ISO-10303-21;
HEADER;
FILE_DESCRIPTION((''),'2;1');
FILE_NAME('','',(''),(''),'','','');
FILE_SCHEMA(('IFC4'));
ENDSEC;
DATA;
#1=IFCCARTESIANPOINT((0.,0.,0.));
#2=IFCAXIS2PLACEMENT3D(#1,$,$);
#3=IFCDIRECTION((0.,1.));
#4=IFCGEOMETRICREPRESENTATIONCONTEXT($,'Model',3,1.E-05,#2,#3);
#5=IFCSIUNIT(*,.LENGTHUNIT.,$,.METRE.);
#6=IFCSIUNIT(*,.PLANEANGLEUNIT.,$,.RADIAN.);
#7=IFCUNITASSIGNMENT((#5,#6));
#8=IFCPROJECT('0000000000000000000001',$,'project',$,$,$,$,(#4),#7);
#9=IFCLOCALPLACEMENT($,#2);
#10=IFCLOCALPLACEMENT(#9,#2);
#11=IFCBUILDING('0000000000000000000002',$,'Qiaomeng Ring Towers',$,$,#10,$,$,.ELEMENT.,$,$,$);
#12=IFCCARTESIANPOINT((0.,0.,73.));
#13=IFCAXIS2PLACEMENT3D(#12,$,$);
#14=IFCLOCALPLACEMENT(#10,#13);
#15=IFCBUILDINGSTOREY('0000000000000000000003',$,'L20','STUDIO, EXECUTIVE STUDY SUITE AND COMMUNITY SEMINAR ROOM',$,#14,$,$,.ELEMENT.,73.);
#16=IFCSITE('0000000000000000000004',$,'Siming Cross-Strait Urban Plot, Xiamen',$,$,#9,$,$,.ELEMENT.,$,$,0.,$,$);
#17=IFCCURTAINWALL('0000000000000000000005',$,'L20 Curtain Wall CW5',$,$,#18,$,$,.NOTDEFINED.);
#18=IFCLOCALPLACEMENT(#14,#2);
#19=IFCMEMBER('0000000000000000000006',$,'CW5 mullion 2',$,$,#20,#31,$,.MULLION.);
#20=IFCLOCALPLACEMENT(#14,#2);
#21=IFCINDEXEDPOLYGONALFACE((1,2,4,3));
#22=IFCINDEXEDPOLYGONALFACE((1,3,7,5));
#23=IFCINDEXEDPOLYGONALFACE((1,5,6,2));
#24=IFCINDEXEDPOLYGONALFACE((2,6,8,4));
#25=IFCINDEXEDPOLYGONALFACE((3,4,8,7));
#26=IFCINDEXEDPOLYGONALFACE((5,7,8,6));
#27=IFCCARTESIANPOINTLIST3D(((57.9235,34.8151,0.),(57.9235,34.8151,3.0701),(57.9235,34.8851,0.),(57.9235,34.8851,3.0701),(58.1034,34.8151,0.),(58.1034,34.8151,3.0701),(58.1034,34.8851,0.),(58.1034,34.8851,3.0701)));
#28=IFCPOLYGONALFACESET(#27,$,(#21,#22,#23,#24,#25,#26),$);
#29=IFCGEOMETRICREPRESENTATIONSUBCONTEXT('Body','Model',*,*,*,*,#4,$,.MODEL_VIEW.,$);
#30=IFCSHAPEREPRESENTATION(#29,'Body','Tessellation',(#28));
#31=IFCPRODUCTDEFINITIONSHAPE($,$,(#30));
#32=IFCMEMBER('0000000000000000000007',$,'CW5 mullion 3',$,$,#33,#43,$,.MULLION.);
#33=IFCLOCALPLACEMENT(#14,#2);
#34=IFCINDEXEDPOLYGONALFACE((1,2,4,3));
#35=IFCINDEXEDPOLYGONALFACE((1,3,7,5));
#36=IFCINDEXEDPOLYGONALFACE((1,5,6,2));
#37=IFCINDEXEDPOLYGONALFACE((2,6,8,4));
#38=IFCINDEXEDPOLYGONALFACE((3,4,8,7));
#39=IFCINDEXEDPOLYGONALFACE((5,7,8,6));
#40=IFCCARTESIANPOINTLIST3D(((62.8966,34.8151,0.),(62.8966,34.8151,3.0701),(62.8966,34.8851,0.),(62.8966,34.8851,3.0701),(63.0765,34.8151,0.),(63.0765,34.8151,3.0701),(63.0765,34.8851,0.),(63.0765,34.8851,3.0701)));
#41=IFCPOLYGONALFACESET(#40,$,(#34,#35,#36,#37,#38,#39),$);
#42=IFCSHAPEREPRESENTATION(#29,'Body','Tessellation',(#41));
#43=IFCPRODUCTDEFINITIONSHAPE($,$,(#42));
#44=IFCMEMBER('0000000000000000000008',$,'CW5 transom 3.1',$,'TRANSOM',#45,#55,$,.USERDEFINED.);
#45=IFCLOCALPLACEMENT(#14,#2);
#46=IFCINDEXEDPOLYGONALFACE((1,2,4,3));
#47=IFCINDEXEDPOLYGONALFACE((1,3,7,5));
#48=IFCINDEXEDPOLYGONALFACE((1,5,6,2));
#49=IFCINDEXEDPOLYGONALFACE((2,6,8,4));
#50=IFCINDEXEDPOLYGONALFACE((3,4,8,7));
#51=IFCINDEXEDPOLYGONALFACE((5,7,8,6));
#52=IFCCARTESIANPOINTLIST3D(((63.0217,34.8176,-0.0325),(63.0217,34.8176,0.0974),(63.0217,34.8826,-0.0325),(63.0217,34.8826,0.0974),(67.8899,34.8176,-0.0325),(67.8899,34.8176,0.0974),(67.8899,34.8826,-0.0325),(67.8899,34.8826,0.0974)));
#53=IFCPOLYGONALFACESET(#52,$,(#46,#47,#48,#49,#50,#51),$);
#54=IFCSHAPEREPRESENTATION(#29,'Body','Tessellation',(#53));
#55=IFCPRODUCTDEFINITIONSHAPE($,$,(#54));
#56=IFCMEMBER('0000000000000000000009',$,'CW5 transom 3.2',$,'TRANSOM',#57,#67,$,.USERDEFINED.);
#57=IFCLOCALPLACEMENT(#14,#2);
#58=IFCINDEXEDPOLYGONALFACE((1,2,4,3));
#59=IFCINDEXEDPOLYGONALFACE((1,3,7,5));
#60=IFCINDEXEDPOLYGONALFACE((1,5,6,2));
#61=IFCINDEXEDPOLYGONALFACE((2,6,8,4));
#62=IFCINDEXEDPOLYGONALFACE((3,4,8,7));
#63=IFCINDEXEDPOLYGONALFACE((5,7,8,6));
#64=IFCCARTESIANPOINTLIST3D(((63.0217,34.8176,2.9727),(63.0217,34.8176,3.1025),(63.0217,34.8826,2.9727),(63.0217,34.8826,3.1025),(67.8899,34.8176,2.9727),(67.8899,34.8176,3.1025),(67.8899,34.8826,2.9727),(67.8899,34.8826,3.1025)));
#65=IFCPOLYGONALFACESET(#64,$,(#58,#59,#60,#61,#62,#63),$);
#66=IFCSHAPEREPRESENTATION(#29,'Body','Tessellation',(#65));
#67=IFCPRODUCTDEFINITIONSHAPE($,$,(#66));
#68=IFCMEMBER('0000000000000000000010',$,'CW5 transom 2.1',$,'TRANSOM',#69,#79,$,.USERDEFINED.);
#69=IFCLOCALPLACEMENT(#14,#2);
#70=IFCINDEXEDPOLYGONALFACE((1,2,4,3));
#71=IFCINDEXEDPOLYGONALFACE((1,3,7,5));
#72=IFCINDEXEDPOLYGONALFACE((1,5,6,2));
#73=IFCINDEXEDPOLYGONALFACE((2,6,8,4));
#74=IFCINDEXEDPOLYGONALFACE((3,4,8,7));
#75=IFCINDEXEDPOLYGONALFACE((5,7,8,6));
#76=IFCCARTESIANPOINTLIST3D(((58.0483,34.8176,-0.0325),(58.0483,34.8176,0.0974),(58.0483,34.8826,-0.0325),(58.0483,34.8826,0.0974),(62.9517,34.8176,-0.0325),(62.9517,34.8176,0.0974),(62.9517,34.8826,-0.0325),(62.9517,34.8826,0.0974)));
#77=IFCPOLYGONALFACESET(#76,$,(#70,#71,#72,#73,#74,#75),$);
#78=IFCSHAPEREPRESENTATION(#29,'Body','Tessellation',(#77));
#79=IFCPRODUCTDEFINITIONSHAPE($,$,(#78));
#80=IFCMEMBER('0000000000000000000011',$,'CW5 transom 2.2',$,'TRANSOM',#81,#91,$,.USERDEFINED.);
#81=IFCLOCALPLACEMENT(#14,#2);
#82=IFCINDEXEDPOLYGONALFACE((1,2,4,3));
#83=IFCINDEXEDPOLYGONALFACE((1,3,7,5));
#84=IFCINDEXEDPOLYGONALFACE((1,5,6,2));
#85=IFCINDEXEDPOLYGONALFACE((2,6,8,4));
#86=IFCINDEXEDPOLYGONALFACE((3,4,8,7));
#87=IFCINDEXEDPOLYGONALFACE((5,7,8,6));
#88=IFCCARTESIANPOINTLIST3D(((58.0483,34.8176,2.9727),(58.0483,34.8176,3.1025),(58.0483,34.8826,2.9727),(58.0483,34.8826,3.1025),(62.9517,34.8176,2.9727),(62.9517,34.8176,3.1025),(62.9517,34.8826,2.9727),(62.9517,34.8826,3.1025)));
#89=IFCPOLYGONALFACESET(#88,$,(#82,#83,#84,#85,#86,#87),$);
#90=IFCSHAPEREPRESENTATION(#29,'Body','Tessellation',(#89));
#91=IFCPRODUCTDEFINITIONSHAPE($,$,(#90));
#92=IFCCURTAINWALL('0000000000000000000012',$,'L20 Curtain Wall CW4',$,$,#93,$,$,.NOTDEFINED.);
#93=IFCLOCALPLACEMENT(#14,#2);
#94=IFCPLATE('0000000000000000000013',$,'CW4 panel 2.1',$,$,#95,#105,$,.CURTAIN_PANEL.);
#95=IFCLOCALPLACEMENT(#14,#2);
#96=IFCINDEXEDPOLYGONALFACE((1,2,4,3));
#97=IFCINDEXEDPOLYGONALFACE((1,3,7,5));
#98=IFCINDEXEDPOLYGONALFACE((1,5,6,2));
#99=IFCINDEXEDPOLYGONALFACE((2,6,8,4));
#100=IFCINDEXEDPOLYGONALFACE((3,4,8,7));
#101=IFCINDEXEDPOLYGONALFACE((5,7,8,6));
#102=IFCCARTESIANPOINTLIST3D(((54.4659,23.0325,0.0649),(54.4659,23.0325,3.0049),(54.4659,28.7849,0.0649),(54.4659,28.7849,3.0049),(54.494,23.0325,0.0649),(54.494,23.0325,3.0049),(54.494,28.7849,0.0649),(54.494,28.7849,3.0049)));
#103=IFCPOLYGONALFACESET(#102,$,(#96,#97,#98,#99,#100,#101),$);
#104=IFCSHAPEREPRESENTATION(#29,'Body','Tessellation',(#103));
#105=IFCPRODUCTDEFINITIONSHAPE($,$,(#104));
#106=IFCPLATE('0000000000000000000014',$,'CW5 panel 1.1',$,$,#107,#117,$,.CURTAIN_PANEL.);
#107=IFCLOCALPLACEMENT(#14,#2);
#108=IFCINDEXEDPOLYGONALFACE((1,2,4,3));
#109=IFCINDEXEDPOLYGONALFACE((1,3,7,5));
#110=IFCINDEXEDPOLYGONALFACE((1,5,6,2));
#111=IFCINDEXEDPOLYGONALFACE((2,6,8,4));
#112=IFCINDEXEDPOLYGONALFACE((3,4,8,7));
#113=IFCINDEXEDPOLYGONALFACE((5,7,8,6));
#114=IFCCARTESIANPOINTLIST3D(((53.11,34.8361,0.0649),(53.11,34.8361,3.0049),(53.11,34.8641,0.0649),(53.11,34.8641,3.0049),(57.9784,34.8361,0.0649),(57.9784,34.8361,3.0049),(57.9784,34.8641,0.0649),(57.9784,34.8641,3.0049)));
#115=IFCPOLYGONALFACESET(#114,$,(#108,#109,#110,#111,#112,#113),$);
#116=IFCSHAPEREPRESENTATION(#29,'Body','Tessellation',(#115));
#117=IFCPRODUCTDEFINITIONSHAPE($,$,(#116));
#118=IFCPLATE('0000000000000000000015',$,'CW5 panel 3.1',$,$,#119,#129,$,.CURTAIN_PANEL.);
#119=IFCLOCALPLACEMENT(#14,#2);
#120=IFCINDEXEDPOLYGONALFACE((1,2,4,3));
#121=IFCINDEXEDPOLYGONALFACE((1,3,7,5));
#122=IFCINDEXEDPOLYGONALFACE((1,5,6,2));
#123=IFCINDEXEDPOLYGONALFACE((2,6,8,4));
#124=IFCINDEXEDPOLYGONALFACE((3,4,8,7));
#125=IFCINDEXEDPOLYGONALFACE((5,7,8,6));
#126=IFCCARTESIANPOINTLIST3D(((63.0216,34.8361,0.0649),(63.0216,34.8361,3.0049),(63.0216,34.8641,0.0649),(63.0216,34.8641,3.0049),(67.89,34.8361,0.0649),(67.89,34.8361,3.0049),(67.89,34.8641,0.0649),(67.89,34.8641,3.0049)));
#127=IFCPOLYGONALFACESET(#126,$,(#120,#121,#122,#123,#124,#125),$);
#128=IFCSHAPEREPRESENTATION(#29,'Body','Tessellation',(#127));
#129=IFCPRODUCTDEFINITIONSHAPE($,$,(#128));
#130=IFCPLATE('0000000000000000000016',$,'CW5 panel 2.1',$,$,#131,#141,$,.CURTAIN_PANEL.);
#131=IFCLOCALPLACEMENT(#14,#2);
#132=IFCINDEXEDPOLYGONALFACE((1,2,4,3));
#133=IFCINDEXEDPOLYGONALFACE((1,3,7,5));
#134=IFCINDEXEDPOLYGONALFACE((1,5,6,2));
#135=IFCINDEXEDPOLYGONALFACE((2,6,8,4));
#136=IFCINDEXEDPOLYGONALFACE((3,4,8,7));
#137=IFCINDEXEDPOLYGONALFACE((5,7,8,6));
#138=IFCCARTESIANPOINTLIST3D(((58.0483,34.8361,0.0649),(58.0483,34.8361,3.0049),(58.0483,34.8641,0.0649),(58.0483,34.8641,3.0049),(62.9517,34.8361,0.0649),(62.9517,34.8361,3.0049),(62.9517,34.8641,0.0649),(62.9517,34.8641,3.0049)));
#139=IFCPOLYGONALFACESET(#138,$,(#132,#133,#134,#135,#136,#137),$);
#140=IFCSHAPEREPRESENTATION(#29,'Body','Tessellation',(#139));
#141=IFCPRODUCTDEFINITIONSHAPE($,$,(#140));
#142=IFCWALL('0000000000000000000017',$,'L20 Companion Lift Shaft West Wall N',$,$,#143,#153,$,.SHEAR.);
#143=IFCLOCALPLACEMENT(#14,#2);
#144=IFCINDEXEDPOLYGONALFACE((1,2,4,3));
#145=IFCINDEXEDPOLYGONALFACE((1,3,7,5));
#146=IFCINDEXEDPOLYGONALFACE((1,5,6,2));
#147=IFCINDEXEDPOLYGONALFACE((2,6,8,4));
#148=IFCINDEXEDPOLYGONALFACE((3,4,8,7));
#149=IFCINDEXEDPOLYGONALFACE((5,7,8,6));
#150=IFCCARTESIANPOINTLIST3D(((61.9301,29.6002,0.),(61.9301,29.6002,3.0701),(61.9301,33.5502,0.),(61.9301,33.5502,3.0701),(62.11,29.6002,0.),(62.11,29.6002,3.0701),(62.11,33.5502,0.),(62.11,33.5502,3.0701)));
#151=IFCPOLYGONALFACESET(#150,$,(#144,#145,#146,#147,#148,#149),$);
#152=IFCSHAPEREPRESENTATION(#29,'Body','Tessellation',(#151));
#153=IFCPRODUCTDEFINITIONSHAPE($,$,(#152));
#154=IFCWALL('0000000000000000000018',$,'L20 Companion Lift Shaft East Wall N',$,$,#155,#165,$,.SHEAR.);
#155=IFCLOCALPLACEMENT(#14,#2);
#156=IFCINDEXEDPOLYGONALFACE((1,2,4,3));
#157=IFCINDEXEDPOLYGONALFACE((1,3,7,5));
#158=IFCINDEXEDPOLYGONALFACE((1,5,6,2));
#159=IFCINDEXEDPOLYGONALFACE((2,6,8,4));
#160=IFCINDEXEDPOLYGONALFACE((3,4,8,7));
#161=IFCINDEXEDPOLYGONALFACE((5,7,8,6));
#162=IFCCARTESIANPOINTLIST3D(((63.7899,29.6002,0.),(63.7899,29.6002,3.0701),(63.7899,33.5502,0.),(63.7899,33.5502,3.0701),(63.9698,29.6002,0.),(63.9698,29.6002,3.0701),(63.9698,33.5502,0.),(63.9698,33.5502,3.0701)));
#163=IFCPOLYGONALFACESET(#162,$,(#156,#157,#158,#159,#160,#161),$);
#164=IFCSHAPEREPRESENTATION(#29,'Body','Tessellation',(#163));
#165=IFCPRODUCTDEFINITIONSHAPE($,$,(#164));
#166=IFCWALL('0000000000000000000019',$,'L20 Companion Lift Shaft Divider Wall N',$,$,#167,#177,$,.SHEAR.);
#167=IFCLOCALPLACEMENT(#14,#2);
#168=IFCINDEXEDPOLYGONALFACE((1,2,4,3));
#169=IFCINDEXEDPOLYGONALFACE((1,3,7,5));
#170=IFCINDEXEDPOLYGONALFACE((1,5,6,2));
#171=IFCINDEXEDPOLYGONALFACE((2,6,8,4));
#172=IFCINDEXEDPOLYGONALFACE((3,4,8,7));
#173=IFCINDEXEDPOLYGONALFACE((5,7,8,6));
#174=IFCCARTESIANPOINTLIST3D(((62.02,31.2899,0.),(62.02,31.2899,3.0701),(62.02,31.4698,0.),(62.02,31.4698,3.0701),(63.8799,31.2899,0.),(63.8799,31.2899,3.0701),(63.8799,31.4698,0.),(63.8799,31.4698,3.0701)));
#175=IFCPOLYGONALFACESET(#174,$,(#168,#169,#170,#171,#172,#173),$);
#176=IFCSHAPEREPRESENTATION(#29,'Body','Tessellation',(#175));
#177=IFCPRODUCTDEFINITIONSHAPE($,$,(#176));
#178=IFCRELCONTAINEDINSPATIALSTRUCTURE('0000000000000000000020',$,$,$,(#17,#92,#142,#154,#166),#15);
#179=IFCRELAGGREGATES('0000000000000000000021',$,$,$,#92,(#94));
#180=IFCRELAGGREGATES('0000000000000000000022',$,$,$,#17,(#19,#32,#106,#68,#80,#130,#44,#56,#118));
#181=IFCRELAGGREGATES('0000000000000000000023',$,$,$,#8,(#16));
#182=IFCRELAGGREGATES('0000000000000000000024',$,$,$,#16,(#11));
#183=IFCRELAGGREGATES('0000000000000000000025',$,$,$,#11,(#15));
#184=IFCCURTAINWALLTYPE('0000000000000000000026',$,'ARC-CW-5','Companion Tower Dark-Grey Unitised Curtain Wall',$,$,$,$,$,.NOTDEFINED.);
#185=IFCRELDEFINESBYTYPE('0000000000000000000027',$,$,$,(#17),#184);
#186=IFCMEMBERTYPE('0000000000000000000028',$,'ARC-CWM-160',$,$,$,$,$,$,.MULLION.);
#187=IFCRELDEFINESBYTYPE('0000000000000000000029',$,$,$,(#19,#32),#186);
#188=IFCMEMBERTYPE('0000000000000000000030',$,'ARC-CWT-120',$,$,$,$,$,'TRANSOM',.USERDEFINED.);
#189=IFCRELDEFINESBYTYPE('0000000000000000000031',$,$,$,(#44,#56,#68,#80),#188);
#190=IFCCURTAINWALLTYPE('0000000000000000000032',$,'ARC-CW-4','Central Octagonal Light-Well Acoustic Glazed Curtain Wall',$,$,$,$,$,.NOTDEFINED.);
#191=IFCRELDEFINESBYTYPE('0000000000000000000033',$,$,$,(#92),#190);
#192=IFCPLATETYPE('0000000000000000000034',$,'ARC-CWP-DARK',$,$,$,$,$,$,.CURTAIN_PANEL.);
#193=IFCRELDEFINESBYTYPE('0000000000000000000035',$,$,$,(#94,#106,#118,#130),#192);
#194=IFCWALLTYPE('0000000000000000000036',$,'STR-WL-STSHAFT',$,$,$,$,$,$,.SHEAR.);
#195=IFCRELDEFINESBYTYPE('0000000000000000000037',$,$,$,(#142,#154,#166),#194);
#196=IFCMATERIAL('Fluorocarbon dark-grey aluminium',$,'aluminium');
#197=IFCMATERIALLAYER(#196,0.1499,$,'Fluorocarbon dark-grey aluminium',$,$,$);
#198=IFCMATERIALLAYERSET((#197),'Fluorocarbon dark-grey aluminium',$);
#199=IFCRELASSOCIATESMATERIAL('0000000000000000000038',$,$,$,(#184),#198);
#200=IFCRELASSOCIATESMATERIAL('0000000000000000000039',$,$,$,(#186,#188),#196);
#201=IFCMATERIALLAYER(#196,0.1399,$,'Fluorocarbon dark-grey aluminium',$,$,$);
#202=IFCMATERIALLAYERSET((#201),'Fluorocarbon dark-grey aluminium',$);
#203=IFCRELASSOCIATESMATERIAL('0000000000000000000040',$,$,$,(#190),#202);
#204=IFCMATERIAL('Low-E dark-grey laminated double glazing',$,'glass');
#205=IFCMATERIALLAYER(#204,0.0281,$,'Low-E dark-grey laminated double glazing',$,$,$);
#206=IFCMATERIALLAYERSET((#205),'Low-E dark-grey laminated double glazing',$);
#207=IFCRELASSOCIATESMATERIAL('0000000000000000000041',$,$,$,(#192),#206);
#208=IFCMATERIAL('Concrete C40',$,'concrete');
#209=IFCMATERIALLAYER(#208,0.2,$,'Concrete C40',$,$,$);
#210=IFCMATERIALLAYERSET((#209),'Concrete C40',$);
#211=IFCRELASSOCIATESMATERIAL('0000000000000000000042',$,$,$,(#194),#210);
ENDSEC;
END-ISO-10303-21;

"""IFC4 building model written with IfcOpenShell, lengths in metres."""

from ifc_helpers import new_model, si_unit, direction, frame, frame_2d, origin, origin_2d, place, context, subcontext, project, spatial, rectangle, extrude, source, transform, mapped, material, layer, layer_set, material_profile, profile_set, type_object, element, aggregate, save


model = new_model("IFC4")

# Units and contexts
model_context = context("Model", 3, precision=1e-05, world=origin(), true_north=direction((0.0, 1.0)))
body_context = subcontext(model_context, "Body", "Model", "MODEL_VIEW")
ifc_project = project(units=[si_unit("LENGTHUNIT", "METRE"), si_unit("PLANEANGLEUNIT", "RADIAN")], contexts=[model_context])

# Site, building, storey
site_placement = place(None, origin())
site = spatial("IfcSite", under=ifc_project, at=site_placement, Name="Siming Cross-Strait Urban Plot, Xiamen", CompositionType="ELEMENT", RefElevation=0.0)
building_placement = place(site_placement, origin())
building = spatial("IfcBuilding", under=site, at=building_placement, Name="Qiaomeng Ring Towers", CompositionType="ELEMENT")
storey_placement = place(building_placement, frame((0.0, 0.0, 73.0)))
storey = spatial("IfcBuildingStorey", under=building, at=storey_placement, Name="L20", Description="STUDIO, EXECUTIVE STUDY SUITE AND COMMUNITY SEMINAR ROOM", CompositionType="ELEMENT", Elevation=73.0)

# Curtain wall, members
ifc_material_1 = material(Name="Fluorocarbon dark-grey aluminium", Category="aluminium")
ifc_layer_1 = layer(ifc_material_1, 0.1499, Name="Fluorocarbon dark-grey aluminium")
ifc_layer_set_1 = layer_set([ifc_layer_1], Name="Fluorocarbon dark-grey aluminium")
curtain_wall_type_1 = type_object("IfcCurtainWallType", Name="ARC-CW-5", Description="Companion Tower Dark-Grey Unitised Curtain Wall", PredefinedType="NOTDEFINED", material=ifc_layer_set_1)
curtain_wall_1_placement = place(storey_placement, origin())
curtain_wall_1 = element("IfcCurtainWall", 1, at=curtain_wall_1_placement, inside=storey, type_object=curtain_wall_type_1, Name="L20 Curtain Wall CW5", PredefinedType="NOTDEFINED")
ifc_material_profile_1 = material_profile(ifc_material_1, rectangle(XDim=0.0701, YDim=0.1799, at=origin_2d()), Name="ALU MULL 70x180")
ifc_profile_set_1 = profile_set([ifc_material_profile_1], Name="Fluorocarbon dark-grey aluminium")
member_type_1 = type_object("IfcMemberType", Name="ARC-CWM-160", PredefinedType="MULLION", material=ifc_profile_set_1)
shared_shape_1 = source(origin(), body_context, "Body", "SweptSolid", [
    extrude(rectangle(XDim=0.0701, YDim=0.1799, at=origin_2d()), origin(), (0.0, 0.0, 1.0), 3.0701),
])
member_1_placement = place(storey_placement, frame((58.0134, 34.8501, 0.0), z_axis=(0.0, 0.0, 1.0), x_axis=(0.0, 1.0, 0.0)))
member_1 = element("IfcMember", 2, at=member_1_placement, type_object=member_type_1, Name="CW5 mullion 2", PredefinedType="MULLION", context=body_context, shape_type="MappedRepresentation", body=[
    mapped(shared_shape_1, transform((0.0, 0.0, 0.0), x_axis=(1.0, 0.0, 0.0), y_axis=(0.0, 1.0, 0.0), z_axis=(0.0, 0.0, 1.0), scale=1.0)),
])
member_2_placement = place(storey_placement, frame((62.9866, 34.8501, 0.0), z_axis=(0.0, 0.0, 1.0), x_axis=(0.0, 1.0, 0.0)))
member_2 = element("IfcMember", 3, at=member_2_placement, type_object=member_type_1, Name="CW5 mullion 3", PredefinedType="MULLION", context=body_context, shape_type="MappedRepresentation", body=[
    mapped(shared_shape_1, transform((0.0, 0.0, 0.0), x_axis=(1.0, 0.0, 0.0), y_axis=(0.0, 1.0, 0.0), z_axis=(0.0, 0.0, 1.0), scale=1.0)),
])
ifc_material_profile_2 = material_profile(ifc_material_1, rectangle(XDim=0.0649, YDim=0.1299, at=origin_2d()), Name="ALU TRAN 65x130")
ifc_profile_set_2 = profile_set([ifc_material_profile_2], Name="Fluorocarbon dark-grey aluminium")
member_type_2 = type_object("IfcMemberType", Name="ARC-CWT-120", ElementType="TRANSOM", PredefinedType="USERDEFINED", material=ifc_profile_set_2)
shared_shape_2 = source(origin(), body_context, "Body", "SweptSolid", [
    extrude(rectangle(XDim=0.0649, YDim=0.1299, at=origin_2d()), origin(), (0.0, 0.0, 1.0), 4.8682),
])
member_3_placement = place(storey_placement, frame((63.0217, 34.8501, 0.0325), z_axis=(1.0, 0.0, 0.0), x_axis=(0.0, 1.0, 0.0)))
member_3 = element("IfcMember", 4, at=member_3_placement, type_object=member_type_2, Name="CW5 transom 3.1", ObjectType="TRANSOM", PredefinedType="USERDEFINED", context=body_context, shape_type="MappedRepresentation", body=[
    mapped(shared_shape_2, transform((0.0, 0.0, 0.0), x_axis=(1.0, 0.0, 0.0), y_axis=(0.0, 1.0, 0.0), z_axis=(0.0, 0.0, 1.0), scale=1.0)),
])
member_4_placement = place(storey_placement, frame((63.0217, 34.8501, 3.0376), z_axis=(1.0, 0.0, 0.0), x_axis=(0.0, 1.0, 0.0)))
member_4 = element("IfcMember", 5, at=member_4_placement, type_object=member_type_2, Name="CW5 transom 3.2", ObjectType="TRANSOM", PredefinedType="USERDEFINED", context=body_context, shape_type="MappedRepresentation", body=[
    mapped(shared_shape_2, transform((0.0, 0.0, 0.0), x_axis=(1.0, 0.0, 0.0), y_axis=(0.0, 1.0, 0.0), z_axis=(0.0, 0.0, 1.0), scale=1.0)),
])
shared_shape_3 = source(origin(), body_context, "Body", "SweptSolid", [
    extrude(rectangle(XDim=0.0649, YDim=0.1299, at=origin_2d()), origin(), (0.0, 0.0, 1.0), 4.9033),
])
member_5_placement = place(storey_placement, frame((58.0483, 34.8501, 0.0325), z_axis=(1.0, 0.0, 0.0), x_axis=(0.0, 1.0, 0.0)))
member_5 = element("IfcMember", 6, at=member_5_placement, type_object=member_type_2, Name="CW5 transom 2.1", ObjectType="TRANSOM", PredefinedType="USERDEFINED", context=body_context, shape_type="MappedRepresentation", body=[
    mapped(shared_shape_3, transform((0.0, 0.0, 0.0), x_axis=(1.0, 0.0, 0.0), y_axis=(0.0, 1.0, 0.0), z_axis=(0.0, 0.0, 1.0), scale=1.0)),
])
member_6_placement = place(storey_placement, frame((58.0483, 34.8501, 3.0376), z_axis=(1.0, 0.0, 0.0), x_axis=(0.0, 1.0, 0.0)))
member_6 = element("IfcMember", 7, at=member_6_placement, type_object=member_type_2, Name="CW5 transom 2.2", ObjectType="TRANSOM", PredefinedType="USERDEFINED", context=body_context, shape_type="MappedRepresentation", body=[
    mapped(shared_shape_3, transform((0.0, 0.0, 0.0), x_axis=(1.0, 0.0, 0.0), y_axis=(0.0, 1.0, 0.0), z_axis=(0.0, 0.0, 1.0), scale=1.0)),
])

# Curtain wall, plate
ifc_layer_2 = layer(ifc_material_1, 0.1399, Name="Fluorocarbon dark-grey aluminium")
ifc_layer_set_2 = layer_set([ifc_layer_2], Name="Fluorocarbon dark-grey aluminium")
curtain_wall_type_2 = type_object("IfcCurtainWallType", Name="ARC-CW-4", Description="Central Octagonal Light-Well Acoustic Glazed Curtain Wall", PredefinedType="NOTDEFINED", material=ifc_layer_set_2)
curtain_wall_2_placement = place(storey_placement, origin())
curtain_wall_2 = element("IfcCurtainWall", 8, at=curtain_wall_2_placement, inside=storey, type_object=curtain_wall_type_2, Name="L20 Curtain Wall CW4", PredefinedType="NOTDEFINED")
ifc_material_2 = material(Name="Low-E dark-grey laminated double glazing", Category="glass")
ifc_layer_3 = layer(ifc_material_2, 0.0281, Name="Low-E dark-grey laminated double glazing")
ifc_layer_set_3 = layer_set([ifc_layer_3], Name="Low-E dark-grey laminated double glazing")
plate_type = type_object("IfcPlateType", Name="ARC-CWP-DARK", PredefinedType="CURTAIN_PANEL", material=ifc_layer_set_3)
shared_shape_4 = source(origin(), body_context, "Body", "SweptSolid", [
    extrude(rectangle(XDim=5.7524, YDim=0.0281, at=origin_2d()), origin(), (0.0, 0.0, 1.0), 2.9399),
])
plate_1_placement = place(storey_placement, frame((54.48, 25.9087, 0.0649), z_axis=(0.0, 0.0, 1.0), x_axis=(0.0, 1.0, 0.0)))
plate_1 = element("IfcPlate", 9, at=plate_1_placement, type_object=plate_type, Name="CW4 panel 2.1", PredefinedType="CURTAIN_PANEL", context=body_context, shape_type="MappedRepresentation", body=[
    mapped(shared_shape_4, transform((0.0, 0.0, 0.0), x_axis=(1.0, 0.0, 0.0), y_axis=(0.0, 1.0, 0.0), z_axis=(0.0, 0.0, 1.0), scale=1.0)),
])
aggregate(curtain_wall_2, [plate_1])

# Plates
shared_shape_5 = source(origin(), body_context, "Body", "SweptSolid", [
    extrude(rectangle(XDim=4.8684, YDim=0.0281, at=origin_2d()), origin(), (0.0, 0.0, 1.0), 2.9399),
])
plate_2_placement = place(storey_placement, frame((55.5442, 34.8501, 0.0649), z_axis=(0.0, 0.0, 1.0), x_axis=(1.0, 0.0, 0.0)))
plate_2 = element("IfcPlate", 10, at=plate_2_placement, type_object=plate_type, Name="CW5 panel 1.1", PredefinedType="CURTAIN_PANEL", context=body_context, shape_type="MappedRepresentation", body=[
    mapped(shared_shape_5, transform((0.0, 0.0, 0.0), x_axis=(1.0, 0.0, 0.0), y_axis=(0.0, 1.0, 0.0), z_axis=(0.0, 0.0, 1.0), scale=1.0)),
])
plate_3_placement = place(storey_placement, frame((65.4558, 34.8501, 0.0649), z_axis=(0.0, 0.0, 1.0), x_axis=(1.0, 0.0, 0.0)))
plate_3 = element("IfcPlate", 11, at=plate_3_placement, type_object=plate_type, Name="CW5 panel 3.1", PredefinedType="CURTAIN_PANEL", context=body_context, shape_type="MappedRepresentation", body=[
    mapped(shared_shape_5, transform((0.0, 0.0, 0.0), x_axis=(1.0, 0.0, 0.0), y_axis=(0.0, 1.0, 0.0), z_axis=(0.0, 0.0, 1.0), scale=1.0)),
])
shared_shape_6 = source(origin(), body_context, "Body", "SweptSolid", [
    extrude(rectangle(XDim=4.9033, YDim=0.0281, at=origin_2d()), origin(), (0.0, 0.0, 1.0), 2.9399),
])
plate_4_placement = place(storey_placement, frame((60.5, 34.8501, 0.0649), z_axis=(0.0, 0.0, 1.0), x_axis=(1.0, 0.0, 0.0)))
plate_4 = element("IfcPlate", 12, at=plate_4_placement, type_object=plate_type, Name="CW5 panel 2.1", PredefinedType="CURTAIN_PANEL", context=body_context, shape_type="MappedRepresentation", body=[
    mapped(shared_shape_6, transform((0.0, 0.0, 0.0), x_axis=(1.0, 0.0, 0.0), y_axis=(0.0, 1.0, 0.0), z_axis=(0.0, 0.0, 1.0), scale=1.0)),
])
aggregate(curtain_wall_1, [member_1, member_2, plate_2, member_5, member_6, plate_4, member_3, member_4, plate_3])

# Walls
ifc_material_3 = material(Name="Concrete C40", Category="concrete")
ifc_layer_4 = layer(ifc_material_3, 0.2, Name="Concrete C40")
ifc_layer_set_4 = layer_set([ifc_layer_4], Name="Concrete C40")
wall_type_1 = type_object("IfcWallType", Name="STR-WL-STSHAFT", PredefinedType="SHEAR", material=ifc_layer_set_4)
for number, where, z_axis, x_axis, name in (
    (13, (62.02, 29.6001, 0.0), (0.0, 0.0, 1.0), (0.0, 1.0, 0.0), "L20 Companion Lift Shaft West Wall N"),
    (14, (63.8799, 29.6001, 0.0), (0.0, 0.0, 1.0), (0.0, 1.0, 0.0), "L20 Companion Lift Shaft East Wall N"),
):
    element("IfcWall", number, at=place(storey_placement, frame(where, z_axis=z_axis, x_axis=x_axis)), inside=storey, type_object=wall_type_1, Name=name, PredefinedType="SHEAR", context=body_context, shape_type="SweptSolid", body=[
        extrude(rectangle(XDim=3.95, YDim=0.1799, at=frame_2d((1.9751, 0.0))), origin(), (0.0, 0.0, 1.0), 3.0701),
    ])
for number, where, z_axis, x_axis, name in (
    (15, (62.02, 31.3799, 0.0), (0.0, 0.0, 1.0), (1.0, 0.0, 0.0), "L20 Companion Lift Shaft Divider Wall N"),
):
    element("IfcWall", number, at=place(storey_placement, frame(where, z_axis=z_axis, x_axis=x_axis)), inside=storey, type_object=wall_type_1, Name=name, PredefinedType="SHEAR", context=body_context, shape_type="SweptSolid", body=[
        extrude(rectangle(XDim=1.8599, YDim=0.1799, at=frame_2d((0.9299, 0.0))), origin(), (0.0, 0.0, 1.0), 3.0701),
    ])

save(model, "model.ifc")
